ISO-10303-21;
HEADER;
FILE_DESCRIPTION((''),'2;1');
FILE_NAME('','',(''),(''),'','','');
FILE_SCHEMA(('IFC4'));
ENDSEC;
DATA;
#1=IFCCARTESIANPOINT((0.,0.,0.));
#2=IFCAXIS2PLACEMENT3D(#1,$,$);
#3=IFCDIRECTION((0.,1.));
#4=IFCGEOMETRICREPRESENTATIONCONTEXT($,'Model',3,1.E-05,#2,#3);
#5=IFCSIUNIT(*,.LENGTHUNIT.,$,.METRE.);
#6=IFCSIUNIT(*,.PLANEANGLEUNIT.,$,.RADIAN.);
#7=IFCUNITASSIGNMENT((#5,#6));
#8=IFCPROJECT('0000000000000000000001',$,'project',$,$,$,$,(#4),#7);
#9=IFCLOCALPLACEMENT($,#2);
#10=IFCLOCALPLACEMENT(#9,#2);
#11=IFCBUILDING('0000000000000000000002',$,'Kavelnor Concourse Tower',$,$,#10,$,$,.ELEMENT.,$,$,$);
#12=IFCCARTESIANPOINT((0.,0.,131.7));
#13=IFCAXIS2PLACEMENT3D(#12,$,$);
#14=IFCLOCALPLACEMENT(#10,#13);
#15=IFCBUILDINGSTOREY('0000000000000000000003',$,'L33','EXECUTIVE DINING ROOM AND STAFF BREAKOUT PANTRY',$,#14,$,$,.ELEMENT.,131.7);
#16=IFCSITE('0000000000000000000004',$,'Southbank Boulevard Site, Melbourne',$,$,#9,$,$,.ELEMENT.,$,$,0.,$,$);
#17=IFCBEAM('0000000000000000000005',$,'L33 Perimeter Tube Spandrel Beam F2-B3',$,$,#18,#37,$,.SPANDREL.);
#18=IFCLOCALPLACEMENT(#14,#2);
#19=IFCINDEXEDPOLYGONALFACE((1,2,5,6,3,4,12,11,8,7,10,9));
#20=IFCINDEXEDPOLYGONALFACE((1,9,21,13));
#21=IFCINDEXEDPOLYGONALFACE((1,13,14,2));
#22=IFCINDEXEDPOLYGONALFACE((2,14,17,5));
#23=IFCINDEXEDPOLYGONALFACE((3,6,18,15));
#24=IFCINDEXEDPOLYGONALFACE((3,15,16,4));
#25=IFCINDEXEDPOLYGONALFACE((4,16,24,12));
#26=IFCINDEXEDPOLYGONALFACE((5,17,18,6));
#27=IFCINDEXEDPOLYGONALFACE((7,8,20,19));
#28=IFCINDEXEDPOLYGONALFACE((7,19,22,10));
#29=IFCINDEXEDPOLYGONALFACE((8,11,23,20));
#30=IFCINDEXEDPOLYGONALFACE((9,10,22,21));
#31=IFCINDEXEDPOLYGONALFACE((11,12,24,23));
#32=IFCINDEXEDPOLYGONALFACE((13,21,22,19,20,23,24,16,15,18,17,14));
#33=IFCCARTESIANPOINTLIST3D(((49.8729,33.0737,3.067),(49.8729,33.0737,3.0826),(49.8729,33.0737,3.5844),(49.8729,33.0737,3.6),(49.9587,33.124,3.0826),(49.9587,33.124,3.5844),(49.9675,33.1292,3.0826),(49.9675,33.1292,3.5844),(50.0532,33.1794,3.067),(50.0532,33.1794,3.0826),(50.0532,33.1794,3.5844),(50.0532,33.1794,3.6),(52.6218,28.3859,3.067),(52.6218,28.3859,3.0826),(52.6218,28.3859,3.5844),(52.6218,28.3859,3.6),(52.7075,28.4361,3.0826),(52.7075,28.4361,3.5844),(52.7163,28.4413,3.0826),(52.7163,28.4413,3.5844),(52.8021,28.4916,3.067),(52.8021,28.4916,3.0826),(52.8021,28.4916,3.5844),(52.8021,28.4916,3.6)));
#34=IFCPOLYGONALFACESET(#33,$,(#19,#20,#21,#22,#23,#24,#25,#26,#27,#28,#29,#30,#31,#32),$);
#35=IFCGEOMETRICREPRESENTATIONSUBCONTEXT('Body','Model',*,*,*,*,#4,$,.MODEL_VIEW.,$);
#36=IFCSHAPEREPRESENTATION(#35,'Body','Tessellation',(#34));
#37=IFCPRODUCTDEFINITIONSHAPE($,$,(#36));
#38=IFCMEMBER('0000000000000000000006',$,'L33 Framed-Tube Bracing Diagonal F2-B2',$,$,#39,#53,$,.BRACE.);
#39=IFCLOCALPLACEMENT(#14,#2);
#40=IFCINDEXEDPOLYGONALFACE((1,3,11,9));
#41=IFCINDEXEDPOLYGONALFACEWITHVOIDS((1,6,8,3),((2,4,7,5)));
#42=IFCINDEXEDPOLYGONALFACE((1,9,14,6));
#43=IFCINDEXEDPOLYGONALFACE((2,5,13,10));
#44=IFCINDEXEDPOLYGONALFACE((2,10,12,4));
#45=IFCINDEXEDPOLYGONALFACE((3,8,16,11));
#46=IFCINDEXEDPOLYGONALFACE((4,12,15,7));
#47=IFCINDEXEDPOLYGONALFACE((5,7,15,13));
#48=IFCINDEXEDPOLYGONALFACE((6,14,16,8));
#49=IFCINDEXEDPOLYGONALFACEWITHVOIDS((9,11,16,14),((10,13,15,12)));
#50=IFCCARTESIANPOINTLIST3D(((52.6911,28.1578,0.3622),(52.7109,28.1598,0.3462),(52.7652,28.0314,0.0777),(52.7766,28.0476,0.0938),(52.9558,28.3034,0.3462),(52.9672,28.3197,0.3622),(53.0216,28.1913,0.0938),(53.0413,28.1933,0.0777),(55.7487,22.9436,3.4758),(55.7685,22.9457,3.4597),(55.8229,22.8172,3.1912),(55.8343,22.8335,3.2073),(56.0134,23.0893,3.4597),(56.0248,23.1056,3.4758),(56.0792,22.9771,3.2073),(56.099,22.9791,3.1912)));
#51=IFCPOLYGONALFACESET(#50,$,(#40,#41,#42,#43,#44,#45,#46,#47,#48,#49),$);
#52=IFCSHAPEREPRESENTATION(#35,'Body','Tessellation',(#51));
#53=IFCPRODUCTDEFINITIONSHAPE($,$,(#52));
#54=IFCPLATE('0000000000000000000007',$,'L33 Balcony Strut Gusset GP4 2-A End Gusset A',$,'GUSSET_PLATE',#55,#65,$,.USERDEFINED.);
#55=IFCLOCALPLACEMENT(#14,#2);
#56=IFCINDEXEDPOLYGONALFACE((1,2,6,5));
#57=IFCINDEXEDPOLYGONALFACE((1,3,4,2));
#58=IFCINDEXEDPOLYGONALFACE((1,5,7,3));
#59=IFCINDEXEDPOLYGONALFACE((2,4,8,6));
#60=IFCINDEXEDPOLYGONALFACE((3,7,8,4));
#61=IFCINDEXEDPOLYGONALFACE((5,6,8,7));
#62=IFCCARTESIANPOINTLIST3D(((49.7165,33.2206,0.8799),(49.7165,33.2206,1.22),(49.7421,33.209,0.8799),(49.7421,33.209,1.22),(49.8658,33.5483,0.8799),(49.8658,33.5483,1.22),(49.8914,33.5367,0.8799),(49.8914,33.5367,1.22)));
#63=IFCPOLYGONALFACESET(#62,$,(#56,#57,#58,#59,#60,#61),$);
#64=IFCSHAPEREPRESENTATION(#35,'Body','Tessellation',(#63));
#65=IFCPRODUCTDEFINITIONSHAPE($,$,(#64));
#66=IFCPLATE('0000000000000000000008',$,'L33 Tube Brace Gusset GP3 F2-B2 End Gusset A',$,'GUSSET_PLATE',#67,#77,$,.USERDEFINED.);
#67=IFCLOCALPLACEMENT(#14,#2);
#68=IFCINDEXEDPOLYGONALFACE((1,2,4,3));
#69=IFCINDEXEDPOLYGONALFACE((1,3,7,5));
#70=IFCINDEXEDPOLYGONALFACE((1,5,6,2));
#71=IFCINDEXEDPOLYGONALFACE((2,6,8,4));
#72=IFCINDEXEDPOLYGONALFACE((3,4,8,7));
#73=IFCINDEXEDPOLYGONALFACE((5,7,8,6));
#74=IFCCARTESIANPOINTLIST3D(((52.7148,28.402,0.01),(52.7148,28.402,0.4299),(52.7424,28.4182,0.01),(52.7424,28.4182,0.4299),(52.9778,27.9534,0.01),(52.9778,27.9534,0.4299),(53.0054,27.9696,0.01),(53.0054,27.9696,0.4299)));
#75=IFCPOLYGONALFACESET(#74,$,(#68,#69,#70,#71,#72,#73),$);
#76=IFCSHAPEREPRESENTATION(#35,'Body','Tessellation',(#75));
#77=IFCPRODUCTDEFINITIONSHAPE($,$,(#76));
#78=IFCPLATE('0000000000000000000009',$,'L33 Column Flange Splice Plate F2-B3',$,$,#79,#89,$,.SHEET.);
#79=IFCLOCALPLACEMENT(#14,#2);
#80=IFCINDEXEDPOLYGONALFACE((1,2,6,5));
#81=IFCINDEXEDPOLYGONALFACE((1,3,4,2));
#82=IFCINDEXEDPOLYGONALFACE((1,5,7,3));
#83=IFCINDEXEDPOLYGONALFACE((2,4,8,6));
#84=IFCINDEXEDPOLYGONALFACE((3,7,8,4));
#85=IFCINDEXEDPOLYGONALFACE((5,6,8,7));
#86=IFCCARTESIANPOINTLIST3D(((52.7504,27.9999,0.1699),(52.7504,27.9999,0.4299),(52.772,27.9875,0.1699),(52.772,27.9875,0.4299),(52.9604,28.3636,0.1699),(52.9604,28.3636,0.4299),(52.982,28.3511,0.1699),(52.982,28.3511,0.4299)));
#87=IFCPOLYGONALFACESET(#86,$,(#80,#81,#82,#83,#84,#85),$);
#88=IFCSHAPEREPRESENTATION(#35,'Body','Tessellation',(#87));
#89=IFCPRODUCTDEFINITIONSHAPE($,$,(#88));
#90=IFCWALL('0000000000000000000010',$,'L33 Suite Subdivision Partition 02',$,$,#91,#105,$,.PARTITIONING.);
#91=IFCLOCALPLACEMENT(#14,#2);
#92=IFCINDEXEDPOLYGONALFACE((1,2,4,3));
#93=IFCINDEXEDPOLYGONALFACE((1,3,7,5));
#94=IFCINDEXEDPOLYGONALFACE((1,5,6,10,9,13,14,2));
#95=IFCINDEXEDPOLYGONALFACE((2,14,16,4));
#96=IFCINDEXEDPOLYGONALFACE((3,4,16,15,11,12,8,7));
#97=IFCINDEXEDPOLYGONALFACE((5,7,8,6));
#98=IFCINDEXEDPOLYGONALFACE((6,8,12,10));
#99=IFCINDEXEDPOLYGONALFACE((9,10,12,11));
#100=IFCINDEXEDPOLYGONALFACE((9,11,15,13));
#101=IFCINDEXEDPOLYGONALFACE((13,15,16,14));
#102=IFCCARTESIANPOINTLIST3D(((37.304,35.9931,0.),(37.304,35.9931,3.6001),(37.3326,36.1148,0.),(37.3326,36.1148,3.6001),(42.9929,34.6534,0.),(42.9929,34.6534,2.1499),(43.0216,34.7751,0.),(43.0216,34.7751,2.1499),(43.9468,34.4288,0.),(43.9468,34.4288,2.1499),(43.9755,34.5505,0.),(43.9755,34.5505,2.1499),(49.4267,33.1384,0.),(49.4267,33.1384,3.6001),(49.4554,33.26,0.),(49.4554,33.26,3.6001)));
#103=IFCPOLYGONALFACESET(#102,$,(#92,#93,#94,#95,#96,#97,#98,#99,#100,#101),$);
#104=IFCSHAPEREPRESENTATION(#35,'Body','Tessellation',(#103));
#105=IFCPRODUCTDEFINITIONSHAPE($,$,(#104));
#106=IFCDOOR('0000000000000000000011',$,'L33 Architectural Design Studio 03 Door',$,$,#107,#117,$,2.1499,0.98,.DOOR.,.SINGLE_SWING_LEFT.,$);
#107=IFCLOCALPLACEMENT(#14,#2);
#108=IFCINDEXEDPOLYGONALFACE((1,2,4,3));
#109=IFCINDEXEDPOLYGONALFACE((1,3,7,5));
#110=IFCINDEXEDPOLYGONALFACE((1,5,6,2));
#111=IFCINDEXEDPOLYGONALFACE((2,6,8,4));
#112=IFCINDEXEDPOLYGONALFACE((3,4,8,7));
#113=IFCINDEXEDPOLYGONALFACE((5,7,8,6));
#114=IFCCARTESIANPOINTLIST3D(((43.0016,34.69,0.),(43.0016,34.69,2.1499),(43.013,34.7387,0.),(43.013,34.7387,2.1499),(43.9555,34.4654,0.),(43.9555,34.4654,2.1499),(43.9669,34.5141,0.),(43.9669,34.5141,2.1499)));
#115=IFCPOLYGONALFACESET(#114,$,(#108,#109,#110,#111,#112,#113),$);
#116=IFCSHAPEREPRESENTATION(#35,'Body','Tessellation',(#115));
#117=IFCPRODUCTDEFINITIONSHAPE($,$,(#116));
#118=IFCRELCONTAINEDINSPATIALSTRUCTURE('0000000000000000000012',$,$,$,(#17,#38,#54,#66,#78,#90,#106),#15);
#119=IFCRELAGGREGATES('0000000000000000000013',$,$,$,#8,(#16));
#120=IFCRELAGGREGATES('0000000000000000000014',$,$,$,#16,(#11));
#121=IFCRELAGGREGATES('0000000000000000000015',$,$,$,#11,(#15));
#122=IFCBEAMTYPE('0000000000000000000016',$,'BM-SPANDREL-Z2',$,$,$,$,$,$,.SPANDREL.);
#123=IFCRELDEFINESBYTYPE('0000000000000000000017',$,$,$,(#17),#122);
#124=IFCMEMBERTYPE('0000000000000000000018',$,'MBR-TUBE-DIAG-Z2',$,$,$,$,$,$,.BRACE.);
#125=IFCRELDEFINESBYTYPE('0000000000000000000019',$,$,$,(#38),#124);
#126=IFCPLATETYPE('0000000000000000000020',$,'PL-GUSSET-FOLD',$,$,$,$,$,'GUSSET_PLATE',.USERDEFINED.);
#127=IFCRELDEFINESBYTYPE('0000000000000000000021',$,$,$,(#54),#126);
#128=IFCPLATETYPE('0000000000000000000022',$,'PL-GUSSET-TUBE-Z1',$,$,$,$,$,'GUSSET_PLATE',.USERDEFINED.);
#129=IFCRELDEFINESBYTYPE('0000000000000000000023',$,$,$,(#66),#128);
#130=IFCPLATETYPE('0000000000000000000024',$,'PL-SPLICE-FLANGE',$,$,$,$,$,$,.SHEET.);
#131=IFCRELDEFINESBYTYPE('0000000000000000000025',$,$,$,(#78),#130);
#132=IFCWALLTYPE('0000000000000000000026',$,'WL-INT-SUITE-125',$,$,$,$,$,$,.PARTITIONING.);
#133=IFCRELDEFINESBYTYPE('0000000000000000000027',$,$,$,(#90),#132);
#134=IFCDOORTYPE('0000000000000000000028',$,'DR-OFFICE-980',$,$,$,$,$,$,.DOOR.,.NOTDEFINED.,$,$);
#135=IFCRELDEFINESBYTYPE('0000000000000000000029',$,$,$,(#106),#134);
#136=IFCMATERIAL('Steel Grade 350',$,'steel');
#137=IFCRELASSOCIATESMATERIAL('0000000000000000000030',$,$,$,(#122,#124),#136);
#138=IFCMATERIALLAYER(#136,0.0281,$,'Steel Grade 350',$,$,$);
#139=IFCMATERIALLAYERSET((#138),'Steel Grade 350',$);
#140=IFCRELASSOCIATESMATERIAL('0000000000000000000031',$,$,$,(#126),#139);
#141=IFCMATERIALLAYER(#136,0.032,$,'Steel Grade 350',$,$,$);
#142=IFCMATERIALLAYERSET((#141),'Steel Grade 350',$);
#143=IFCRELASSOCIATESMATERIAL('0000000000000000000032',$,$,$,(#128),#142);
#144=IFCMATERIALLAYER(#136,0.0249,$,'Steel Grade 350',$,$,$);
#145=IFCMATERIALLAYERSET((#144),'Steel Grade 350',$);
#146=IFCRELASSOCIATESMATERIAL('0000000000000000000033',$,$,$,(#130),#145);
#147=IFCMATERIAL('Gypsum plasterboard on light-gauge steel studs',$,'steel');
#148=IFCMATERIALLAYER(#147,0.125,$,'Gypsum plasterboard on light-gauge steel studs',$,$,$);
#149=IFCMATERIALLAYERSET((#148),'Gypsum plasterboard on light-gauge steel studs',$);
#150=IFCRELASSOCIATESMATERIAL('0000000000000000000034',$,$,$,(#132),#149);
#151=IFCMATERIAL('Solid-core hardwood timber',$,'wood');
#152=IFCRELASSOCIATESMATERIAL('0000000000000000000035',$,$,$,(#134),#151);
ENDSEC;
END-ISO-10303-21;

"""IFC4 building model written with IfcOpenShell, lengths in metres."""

from ifc_helpers import new_model, si_unit, direction, frame, frame_2d, origin, origin_2d, place, context, subcontext, project, spatial, rectangle, hollow_rectangle, i_section, extrude, material, layer, layer_set, material_profile, profile_set, type_object, element, fill, save


model = new_model("IFC4")

# Units and contexts
model_context = context("Model", 3, precision=1e-05, world=origin(), true_north=direction((0.0, 1.0)))
body_context = subcontext(model_context, "Body", "Model", "MODEL_VIEW")
ifc_project = project(units=[si_unit("LENGTHUNIT", "METRE"), si_unit("PLANEANGLEUNIT", "RADIAN")], contexts=[model_context])

# Site, building, storey
site_placement = place(None, origin())
site = spatial("IfcSite", under=ifc_project, at=site_placement, Name="Southbank Boulevard Site, Melbourne", CompositionType="ELEMENT", RefElevation=0.0)
building_placement = place(site_placement, origin())
building = spatial("IfcBuilding", under=site, at=building_placement, Name="Kavelnor Concourse Tower", CompositionType="ELEMENT")
storey_placement = place(building_placement, frame((0.0, 0.0, 131.7)))
storey = spatial("IfcBuildingStorey", under=building, at=storey_placement, Name="L33", Description="EXECUTIVE DINING ROOM AND STAFF BREAKOUT PANTRY", CompositionType="ELEMENT", Elevation=131.7)

# Shared definitions
ifc_material_1 = material(Name="Steel Grade 350", Category="steel")

# Beam
ifc_material_profile_1 = material_profile(ifc_material_1, i_section(OverallWidth=0.209, OverallDepth=0.533, WebThickness=0.0103, FlangeThickness=0.0156, at=origin_2d()), Name="530UB92")
ifc_profile_set_1 = profile_set([ifc_material_profile_1], Name="Steel Grade 350")
beam_type_1 = type_object("IfcBeamType", Name="BM-SPANDREL-Z2", PredefinedType="SPANDREL", material=ifc_profile_set_1)
beam_1_placement = place(storey_placement, frame((52.7119, 28.4387, 3.3335), z_axis=(-0.505828, 0.862634, 0.0), x_axis=(-0.862634, -0.505828, 0.0)))
element("IfcBeam", 1, at=beam_1_placement, inside=storey, type_object=beam_type_1, Name="L33 Perimeter Tube Spandrel Beam F2-B3", PredefinedType="SPANDREL", context=body_context, shape_type="SweptSolid", body=[
    extrude(i_section(OverallWidth=0.209, OverallDepth=0.533, WebThickness=0.0103, FlangeThickness=0.0156, at=origin_2d()), origin(), (0.0, 0.0, 1.0), 5.4343),
])

# Member
ifc_material_profile_2 = material_profile(ifc_material_1, hollow_rectangle(XDim=0.3201, YDim=0.3201, WallThickness=0.0181, at=origin_2d()), Name="SHS 320x320x18")
ifc_profile_set_2 = profile_set([ifc_material_profile_2], Name="Steel Grade 350")
member_type = type_object("IfcMemberType", Name="MBR-TUBE-DIAG-Z2", PredefinedType="BRACE", material=ifc_profile_set_2)
member_placement = place(storey_placement, frame((52.8662, 28.1755, 0.22), z_axis=(0.449698, -0.766864, 0.457921), x_axis=(0.862621, 0.505851, 0.0)))
element("IfcMember", 2, at=member_placement, inside=storey, type_object=member_type, Name="L33 Framed-Tube Bracing Diagonal F2-B2", PredefinedType="BRACE", context=body_context, shape_type="SweptSolid", body=[
    extrude(hollow_rectangle(XDim=0.3201, YDim=0.3201, WallThickness=0.0181, at=origin_2d()), origin(), (0.0, 0.0, 1.0), 6.7993),
])

# Plates
ifc_layer_1 = layer(ifc_material_1, 0.0281, Name="Steel Grade 350")
ifc_layer_set_1 = layer_set([ifc_layer_1], Name="Steel Grade 350")
plate_type_1 = type_object("IfcPlateType", Name="PL-GUSSET-FOLD", ElementType="GUSSET_PLATE", PredefinedType="USERDEFINED", material=ifc_layer_set_1)
plate_1_placement = place(storey_placement, frame((49.804, 33.3787, 0.8799), z_axis=(0.0, 0.0, 1.0), x_axis=(0.414693, 0.909961, 0.0)))
element("IfcPlate", 3, at=plate_1_placement, inside=storey, type_object=plate_type_1, Name="L33 Balcony Strut Gusset GP4 2-A End Gusset A", ObjectType="GUSSET_PLATE", PredefinedType="USERDEFINED", context=body_context, shape_type="SweptSolid", body=[
    extrude(rectangle(XDim=0.3601, YDim=0.0281, at=origin_2d()), origin(), (0.0, 0.0, 1.0), 0.3401),
])
ifc_layer_2 = layer(ifc_material_1, 0.032, Name="Steel Grade 350")
ifc_layer_set_2 = layer_set([ifc_layer_2], Name="Steel Grade 350")
plate_type_2 = type_object("IfcPlateType", Name="PL-GUSSET-TUBE-Z1", ElementType="GUSSET_PLATE", PredefinedType="USERDEFINED", material=ifc_layer_set_2)
plate_2_placement = place(storey_placement, frame((52.8601, 28.1858, 0.01), z_axis=(0.0, 0.0, 1.0), x_axis=(0.505883, -0.862602, 0.0)))
element("IfcPlate", 4, at=plate_2_placement, inside=storey, type_object=plate_type_2, Name="L33 Tube Brace Gusset GP3 F2-B2 End Gusset A", ObjectType="GUSSET_PLATE", PredefinedType="USERDEFINED", context=body_context, shape_type="SweptSolid", body=[
    extrude(rectangle(XDim=0.52, YDim=0.032, at=origin_2d()), origin(), (0.0, 0.0, 1.0), 0.4199),
])
ifc_layer_3 = layer(ifc_material_1, 0.0249, Name="Steel Grade 350")
ifc_layer_set_3 = layer_set([ifc_layer_3], Name="Steel Grade 350")
plate_type_3 = type_object("IfcPlateType", Name="PL-SPLICE-FLANGE", PredefinedType="SHEET", material=ifc_layer_set_3)
plate_3_placement = place(storey_placement, frame((52.8662, 28.1755, 0.1699), z_axis=(0.0, 0.0, 1.0), x_axis=(-0.5, -0.866025, 0.0)))
element("IfcPlate", 5, at=plate_3_placement, inside=storey, type_object=plate_type_3, Name="L33 Column Flange Splice Plate F2-B3", PredefinedType="SHEET", context=body_context, shape_type="SweptSolid", body=[
    extrude(rectangle(XDim=0.4199, YDim=0.0249, at=origin_2d()), origin(), (0.0, 0.0, 1.0), 0.26),
])

# Wall, opening, door
ifc_material_2 = material(Name="Gypsum plasterboard on light-gauge steel studs", Category="steel")
ifc_layer_4 = layer(ifc_material_2, 0.125, Name="Gypsum plasterboard on light-gauge steel studs")
ifc_layer_set_4 = layer_set([ifc_layer_4], Name="Gypsum plasterboard on light-gauge steel studs")
wall_type = type_object("IfcWallType", Name="WL-INT-SUITE-125", PredefinedType="PARTITIONING", material=ifc_layer_set_4)
wall_placement = place(storey_placement, frame((49.4409, 33.1992, 0.0), z_axis=(0.0, 0.0, 1.0), x_axis=(-0.973376, 0.229215, 0.0)))
wall = element("IfcWall", 6, at=wall_placement, inside=storey, type_object=wall_type, Name="L33 Suite Subdivision Partition 02", PredefinedType="PARTITIONING", context=body_context, shape_type="SweptSolid", body=[
    extrude(rectangle(XDim=12.4543, YDim=0.125, at=frame_2d((6.2271, 0.0))), origin(), (0.0, 0.0, 1.0), 3.6001),
])
opening_placement = place(wall_placement, frame((5.6296, 0.0, 0.0)))
opening = element("IfcOpeningElement", 7, at=opening_placement, cuts=wall, PredefinedType="OPENING", context=body_context, shape_type="SweptSolid", body=[
    extrude(rectangle(XDim=0.98, YDim=2.1499, at=frame_2d((0.49, 1.075))), frame((0.0, 0.0725, 0.0), z_axis=(0.0, -1.0, 0.0), x_axis=(1.0, 0.0, 0.0)), (0.0, 0.0, 1.0), 0.145),
])
ifc_material_3 = material(Name="Solid-core hardwood timber", Category="wood")
door_type = type_object("IfcDoorType", Name="DR-OFFICE-980", OperationType="NOTDEFINED", PredefinedType="DOOR", material=ifc_material_3)
door_placement = place(opening_placement, origin())
door = element("IfcDoor", 8, at=door_placement, inside=storey, type_object=door_type, Name="L33 Architectural Design Studio 03 Door", OperationType="SINGLE_SWING_LEFT", OverallHeight=2.1499, OverallWidth=0.98, PredefinedType="DOOR", context=body_context, shape_type="SweptSolid", body=[
    extrude(rectangle(XDim=0.98, YDim=2.1499, at=frame_2d((0.49, 1.075))), frame((0.0, 0.0249, 0.0), z_axis=(0.0, -1.0, 0.0), x_axis=(1.0, 0.0, 0.0)), (0.0, 0.0, 1.0), 0.05),
])
fill(opening, door)

save(model, "model.ifc")
